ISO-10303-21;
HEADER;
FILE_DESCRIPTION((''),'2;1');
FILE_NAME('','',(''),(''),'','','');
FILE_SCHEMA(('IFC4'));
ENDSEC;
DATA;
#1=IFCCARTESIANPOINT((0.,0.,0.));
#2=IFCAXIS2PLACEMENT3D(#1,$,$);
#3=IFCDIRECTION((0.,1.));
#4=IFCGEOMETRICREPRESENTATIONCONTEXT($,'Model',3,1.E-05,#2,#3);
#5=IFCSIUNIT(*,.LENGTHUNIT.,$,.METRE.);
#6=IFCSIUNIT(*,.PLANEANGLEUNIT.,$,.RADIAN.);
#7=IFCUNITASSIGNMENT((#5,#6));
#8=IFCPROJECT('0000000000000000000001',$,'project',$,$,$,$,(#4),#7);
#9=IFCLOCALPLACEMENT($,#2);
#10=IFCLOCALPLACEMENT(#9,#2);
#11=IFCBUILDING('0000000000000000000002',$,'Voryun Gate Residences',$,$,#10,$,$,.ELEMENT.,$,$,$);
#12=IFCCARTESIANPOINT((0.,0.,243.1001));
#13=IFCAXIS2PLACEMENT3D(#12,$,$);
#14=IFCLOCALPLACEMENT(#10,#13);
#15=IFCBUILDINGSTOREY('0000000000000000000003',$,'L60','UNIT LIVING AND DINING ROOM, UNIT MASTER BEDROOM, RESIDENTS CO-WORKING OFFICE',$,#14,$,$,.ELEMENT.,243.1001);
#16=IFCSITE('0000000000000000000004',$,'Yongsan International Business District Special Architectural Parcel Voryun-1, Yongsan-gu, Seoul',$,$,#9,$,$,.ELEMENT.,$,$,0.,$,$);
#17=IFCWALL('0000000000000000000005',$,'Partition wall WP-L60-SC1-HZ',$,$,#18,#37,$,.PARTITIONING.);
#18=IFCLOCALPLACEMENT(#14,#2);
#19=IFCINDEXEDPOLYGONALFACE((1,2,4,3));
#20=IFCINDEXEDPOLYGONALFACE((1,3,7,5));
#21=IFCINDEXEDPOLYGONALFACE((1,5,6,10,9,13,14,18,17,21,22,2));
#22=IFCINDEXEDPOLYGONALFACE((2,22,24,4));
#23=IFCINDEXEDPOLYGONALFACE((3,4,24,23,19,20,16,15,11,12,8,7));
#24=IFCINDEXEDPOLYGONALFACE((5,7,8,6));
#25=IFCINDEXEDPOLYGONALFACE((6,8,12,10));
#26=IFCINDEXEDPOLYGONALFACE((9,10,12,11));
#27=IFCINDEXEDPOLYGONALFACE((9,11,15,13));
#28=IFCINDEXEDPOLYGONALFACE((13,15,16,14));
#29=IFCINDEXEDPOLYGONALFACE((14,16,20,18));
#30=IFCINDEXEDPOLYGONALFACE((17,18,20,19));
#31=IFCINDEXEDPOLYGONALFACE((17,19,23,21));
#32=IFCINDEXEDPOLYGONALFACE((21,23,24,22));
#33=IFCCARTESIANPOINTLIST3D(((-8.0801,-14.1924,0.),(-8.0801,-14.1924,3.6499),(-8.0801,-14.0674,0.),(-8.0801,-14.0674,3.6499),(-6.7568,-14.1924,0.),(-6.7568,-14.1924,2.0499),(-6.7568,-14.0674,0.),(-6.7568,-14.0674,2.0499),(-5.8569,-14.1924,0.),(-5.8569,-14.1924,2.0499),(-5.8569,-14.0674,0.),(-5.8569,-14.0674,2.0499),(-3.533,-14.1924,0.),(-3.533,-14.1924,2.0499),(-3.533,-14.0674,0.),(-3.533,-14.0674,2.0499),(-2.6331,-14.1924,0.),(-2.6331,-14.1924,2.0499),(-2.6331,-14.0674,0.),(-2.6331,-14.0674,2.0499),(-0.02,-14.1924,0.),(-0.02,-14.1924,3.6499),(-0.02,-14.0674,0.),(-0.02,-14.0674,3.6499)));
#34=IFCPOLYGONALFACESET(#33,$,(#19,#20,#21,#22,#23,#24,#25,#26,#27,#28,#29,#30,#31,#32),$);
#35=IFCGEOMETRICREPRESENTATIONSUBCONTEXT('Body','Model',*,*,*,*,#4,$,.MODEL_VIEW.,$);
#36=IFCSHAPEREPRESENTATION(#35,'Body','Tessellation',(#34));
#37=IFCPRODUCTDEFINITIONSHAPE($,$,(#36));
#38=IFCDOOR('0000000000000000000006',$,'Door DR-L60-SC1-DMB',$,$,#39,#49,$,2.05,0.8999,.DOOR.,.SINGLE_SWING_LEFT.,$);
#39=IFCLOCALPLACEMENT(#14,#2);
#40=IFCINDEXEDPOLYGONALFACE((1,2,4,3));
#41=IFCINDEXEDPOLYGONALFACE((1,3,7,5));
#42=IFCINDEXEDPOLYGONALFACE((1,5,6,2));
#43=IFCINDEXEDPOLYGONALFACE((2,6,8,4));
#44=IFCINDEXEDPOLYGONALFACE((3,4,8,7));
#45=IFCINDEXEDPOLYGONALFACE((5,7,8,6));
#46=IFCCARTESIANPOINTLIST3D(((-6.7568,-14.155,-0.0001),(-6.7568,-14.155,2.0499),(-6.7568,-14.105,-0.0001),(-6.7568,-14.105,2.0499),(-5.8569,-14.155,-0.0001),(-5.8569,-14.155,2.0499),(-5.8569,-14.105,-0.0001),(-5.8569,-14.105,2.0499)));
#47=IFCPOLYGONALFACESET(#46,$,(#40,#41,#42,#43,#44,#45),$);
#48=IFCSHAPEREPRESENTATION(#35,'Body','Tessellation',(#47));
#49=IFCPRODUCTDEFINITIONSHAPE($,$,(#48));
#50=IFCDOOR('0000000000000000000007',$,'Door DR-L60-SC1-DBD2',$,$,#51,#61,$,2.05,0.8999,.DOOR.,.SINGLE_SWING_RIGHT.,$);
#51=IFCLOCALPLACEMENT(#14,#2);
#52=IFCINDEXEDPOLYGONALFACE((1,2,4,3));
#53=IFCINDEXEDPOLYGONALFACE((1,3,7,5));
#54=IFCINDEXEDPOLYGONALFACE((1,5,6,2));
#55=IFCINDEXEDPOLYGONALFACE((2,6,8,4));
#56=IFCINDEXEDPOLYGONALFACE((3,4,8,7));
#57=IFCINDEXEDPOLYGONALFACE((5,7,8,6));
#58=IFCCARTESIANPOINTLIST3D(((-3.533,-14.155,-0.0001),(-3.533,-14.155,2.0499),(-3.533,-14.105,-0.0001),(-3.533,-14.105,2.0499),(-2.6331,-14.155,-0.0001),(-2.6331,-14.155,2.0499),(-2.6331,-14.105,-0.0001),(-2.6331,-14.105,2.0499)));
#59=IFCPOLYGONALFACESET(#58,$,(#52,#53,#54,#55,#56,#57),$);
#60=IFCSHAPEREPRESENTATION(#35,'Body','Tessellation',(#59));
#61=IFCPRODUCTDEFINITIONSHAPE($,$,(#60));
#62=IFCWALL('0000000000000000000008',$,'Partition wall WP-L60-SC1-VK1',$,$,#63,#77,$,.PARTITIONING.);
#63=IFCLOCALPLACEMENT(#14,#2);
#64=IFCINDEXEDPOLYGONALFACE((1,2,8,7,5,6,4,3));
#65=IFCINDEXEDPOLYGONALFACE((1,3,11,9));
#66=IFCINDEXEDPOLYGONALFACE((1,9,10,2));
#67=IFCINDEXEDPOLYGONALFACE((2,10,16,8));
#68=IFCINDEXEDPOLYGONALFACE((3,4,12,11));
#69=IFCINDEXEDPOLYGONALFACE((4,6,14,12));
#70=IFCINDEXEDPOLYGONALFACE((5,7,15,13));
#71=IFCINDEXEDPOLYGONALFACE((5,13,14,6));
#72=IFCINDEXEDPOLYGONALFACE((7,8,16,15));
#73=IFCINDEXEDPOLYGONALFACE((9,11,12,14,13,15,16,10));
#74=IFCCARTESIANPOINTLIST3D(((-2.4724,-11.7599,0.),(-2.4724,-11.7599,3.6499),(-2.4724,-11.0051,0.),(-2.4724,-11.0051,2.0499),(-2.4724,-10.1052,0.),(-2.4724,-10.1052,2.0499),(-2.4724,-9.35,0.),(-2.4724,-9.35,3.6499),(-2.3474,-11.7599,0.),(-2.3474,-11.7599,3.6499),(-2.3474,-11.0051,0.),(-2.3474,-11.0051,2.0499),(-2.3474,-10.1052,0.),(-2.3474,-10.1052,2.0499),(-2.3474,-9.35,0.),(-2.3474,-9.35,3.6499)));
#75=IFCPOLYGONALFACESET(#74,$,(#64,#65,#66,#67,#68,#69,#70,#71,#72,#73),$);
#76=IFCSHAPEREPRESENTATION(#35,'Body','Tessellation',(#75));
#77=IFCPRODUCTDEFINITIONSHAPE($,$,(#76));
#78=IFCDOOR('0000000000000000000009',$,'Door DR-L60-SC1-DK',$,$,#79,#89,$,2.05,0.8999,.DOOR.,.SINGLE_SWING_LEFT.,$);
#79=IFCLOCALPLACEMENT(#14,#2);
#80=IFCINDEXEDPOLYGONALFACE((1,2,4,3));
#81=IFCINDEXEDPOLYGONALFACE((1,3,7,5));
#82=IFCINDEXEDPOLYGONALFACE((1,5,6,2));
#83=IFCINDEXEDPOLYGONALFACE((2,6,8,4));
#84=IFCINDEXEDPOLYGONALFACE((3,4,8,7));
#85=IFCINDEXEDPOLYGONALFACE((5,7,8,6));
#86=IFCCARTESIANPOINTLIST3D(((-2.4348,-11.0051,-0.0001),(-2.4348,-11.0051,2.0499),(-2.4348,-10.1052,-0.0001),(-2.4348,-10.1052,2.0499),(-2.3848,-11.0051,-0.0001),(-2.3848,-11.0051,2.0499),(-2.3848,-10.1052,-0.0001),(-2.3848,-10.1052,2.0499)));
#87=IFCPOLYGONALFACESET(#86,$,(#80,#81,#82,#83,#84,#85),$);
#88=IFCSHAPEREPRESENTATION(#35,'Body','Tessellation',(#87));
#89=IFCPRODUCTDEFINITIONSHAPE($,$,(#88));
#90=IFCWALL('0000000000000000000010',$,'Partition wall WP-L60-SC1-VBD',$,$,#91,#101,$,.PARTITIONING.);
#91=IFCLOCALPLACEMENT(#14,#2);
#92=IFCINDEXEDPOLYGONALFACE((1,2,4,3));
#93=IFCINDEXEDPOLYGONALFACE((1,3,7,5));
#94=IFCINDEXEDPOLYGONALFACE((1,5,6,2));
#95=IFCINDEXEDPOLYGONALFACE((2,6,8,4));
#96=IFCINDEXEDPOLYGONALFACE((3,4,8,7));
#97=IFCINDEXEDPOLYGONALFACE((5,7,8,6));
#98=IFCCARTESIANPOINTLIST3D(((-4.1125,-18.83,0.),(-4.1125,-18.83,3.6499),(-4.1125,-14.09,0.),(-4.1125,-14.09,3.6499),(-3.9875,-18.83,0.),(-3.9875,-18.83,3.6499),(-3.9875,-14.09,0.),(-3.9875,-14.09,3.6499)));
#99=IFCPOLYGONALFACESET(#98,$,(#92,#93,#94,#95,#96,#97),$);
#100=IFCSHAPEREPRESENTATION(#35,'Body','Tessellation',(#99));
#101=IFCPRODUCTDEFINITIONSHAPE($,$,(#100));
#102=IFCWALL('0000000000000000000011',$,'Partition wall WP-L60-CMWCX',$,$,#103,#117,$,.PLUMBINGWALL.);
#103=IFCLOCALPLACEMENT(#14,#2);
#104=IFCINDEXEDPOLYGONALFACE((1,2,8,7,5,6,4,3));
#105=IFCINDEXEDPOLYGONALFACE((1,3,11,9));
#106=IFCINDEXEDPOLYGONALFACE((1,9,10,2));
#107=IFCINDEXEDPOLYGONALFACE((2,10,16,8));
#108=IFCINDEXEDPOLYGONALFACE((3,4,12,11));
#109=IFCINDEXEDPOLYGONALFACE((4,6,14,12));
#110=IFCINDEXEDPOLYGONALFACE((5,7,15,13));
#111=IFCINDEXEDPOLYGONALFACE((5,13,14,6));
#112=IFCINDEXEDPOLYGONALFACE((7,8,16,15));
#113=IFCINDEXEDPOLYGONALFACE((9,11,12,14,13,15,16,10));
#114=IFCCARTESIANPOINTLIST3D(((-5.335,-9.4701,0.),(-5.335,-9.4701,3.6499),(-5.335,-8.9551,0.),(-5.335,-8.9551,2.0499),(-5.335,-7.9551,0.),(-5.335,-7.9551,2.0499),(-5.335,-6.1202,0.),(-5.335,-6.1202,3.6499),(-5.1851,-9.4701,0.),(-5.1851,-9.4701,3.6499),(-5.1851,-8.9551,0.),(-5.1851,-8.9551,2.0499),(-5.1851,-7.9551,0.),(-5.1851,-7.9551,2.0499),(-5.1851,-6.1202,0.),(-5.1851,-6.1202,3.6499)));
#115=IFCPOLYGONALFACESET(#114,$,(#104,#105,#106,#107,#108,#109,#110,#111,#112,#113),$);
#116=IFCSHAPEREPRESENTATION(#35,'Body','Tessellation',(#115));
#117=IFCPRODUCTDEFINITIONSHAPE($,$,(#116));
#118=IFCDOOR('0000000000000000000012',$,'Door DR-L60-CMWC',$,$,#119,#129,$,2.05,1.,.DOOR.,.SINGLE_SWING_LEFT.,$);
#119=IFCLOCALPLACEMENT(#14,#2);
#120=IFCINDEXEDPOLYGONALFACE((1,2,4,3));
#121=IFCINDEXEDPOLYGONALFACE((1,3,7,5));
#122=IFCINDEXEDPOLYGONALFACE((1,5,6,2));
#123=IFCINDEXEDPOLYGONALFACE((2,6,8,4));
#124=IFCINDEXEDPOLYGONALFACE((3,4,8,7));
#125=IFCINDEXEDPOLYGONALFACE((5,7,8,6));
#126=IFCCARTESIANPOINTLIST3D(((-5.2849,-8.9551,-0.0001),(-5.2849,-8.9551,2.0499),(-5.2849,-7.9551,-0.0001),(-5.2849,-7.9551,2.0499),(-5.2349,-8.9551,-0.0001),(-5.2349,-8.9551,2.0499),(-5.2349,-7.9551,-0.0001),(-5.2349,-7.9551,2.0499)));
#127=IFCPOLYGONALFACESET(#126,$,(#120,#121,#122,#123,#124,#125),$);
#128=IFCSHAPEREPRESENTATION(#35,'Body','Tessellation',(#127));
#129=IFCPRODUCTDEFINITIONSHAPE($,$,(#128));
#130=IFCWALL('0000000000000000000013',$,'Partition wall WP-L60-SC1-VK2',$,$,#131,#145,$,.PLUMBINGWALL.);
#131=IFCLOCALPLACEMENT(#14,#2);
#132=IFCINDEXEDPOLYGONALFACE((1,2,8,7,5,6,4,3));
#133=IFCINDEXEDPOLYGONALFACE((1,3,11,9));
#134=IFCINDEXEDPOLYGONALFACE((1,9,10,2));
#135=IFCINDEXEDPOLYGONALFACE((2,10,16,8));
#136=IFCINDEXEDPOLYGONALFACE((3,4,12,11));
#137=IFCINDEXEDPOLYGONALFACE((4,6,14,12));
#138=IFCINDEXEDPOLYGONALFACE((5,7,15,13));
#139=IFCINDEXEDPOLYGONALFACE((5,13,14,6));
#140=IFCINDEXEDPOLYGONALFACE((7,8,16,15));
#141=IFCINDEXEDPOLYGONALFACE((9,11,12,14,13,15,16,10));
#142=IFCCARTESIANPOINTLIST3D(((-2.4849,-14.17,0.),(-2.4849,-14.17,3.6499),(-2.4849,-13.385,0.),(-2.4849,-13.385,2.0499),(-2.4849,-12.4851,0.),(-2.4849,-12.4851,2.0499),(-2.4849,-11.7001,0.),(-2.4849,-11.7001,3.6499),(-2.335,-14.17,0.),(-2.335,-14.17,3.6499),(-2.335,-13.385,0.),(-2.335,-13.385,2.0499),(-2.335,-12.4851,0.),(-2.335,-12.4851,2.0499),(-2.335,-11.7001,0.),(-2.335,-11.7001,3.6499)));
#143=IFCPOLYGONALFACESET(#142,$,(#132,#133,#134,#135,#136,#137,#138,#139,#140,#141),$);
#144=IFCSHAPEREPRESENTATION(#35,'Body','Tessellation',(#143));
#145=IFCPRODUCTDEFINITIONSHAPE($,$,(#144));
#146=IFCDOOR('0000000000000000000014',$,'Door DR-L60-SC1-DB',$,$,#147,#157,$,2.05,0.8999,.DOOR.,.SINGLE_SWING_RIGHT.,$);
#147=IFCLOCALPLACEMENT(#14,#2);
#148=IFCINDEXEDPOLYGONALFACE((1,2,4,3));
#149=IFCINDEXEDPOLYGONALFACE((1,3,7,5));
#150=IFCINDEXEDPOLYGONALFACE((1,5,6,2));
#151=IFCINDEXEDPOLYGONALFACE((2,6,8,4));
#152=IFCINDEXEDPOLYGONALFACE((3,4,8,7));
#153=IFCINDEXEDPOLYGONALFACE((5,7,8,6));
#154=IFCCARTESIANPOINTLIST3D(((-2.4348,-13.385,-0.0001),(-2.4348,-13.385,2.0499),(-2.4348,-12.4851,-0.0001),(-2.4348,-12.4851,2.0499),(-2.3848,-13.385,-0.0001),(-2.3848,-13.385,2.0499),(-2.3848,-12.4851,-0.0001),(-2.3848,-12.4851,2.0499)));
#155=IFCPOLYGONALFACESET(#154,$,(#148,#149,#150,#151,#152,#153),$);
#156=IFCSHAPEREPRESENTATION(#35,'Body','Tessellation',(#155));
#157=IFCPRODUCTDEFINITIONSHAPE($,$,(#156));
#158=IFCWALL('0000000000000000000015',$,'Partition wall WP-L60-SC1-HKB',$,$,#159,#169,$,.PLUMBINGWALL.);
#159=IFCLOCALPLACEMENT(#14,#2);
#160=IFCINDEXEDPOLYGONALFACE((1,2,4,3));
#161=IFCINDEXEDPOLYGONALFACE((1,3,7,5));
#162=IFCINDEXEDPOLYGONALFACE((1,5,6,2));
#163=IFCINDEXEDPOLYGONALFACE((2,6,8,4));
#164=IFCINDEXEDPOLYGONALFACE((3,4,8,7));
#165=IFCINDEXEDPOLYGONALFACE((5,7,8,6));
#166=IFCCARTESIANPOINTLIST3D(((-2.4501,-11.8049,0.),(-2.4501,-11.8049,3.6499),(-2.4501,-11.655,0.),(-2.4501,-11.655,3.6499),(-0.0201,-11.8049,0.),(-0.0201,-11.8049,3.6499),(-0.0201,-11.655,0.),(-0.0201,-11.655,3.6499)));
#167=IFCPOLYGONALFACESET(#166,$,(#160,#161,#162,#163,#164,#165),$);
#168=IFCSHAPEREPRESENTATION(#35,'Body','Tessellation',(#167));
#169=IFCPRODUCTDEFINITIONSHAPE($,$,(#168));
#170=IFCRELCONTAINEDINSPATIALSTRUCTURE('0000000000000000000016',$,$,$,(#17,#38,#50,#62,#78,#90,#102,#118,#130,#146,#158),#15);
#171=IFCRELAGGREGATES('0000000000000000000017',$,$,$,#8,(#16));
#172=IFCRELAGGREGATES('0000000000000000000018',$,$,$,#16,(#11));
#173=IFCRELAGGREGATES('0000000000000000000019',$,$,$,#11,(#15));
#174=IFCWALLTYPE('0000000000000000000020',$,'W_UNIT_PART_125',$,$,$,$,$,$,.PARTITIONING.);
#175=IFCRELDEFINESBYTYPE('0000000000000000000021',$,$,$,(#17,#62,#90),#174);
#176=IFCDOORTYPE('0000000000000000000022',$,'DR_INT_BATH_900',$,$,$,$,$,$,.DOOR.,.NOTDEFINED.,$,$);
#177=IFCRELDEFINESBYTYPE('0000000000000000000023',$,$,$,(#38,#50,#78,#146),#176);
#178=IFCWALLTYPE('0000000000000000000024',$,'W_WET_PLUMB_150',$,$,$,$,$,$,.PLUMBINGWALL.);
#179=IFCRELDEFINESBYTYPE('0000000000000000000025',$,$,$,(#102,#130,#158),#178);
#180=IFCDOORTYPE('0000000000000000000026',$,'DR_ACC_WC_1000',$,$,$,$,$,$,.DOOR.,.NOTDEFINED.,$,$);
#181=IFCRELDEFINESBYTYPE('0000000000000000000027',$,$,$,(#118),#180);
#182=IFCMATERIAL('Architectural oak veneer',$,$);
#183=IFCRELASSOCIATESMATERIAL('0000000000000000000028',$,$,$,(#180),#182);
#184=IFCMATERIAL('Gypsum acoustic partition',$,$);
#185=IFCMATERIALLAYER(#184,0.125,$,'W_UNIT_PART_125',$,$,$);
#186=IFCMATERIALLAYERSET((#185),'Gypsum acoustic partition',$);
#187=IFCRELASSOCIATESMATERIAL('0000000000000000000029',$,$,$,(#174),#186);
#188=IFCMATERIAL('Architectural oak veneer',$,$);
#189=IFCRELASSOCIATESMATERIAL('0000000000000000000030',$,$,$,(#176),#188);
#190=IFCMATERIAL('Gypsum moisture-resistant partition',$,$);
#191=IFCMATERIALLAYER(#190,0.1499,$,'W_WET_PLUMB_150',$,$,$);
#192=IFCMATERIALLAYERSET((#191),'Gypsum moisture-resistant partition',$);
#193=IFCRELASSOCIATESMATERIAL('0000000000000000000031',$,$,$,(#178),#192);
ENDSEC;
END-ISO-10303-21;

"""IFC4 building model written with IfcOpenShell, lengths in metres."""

from ifc_helpers import new_model, si_unit, direction, frame, frame_2d, origin, place, context, subcontext, project, spatial, rectangle, extrude, material, layer, layer_set, type_object, element, fill, save


model = new_model("IFC4")

# Units and contexts
model_context = context("Model", 3, precision=1e-05, world=origin(), true_north=direction((0.0, 1.0)))
body_context = subcontext(model_context, "Body", "Model", "MODEL_VIEW")
ifc_project = project(units=[si_unit("LENGTHUNIT", "METRE"), si_unit("PLANEANGLEUNIT", "RADIAN")], contexts=[model_context])

# Site, building, storey
site_placement = place(None, origin())
site = spatial("IfcSite", under=ifc_project, at=site_placement, Name="Yongsan International Business District Special Architectural Parcel Voryun-1, Yongsan-gu, Seoul", CompositionType="ELEMENT", RefElevation=0.0)
building_placement = place(site_placement, origin())
building = spatial("IfcBuilding", under=site, at=building_placement, Name="Voryun Gate Residences", CompositionType="ELEMENT")
storey_placement = place(building_placement, frame((0.0, 0.0, 243.1001)))
storey = spatial("IfcBuildingStorey", under=building, at=storey_placement, Name="L60", Description="UNIT LIVING AND DINING ROOM, UNIT MASTER BEDROOM, RESIDENTS CO-WORKING OFFICE", CompositionType="ELEMENT", Elevation=243.1001)

# Shared definitions
ifc_material_1 = material(Name="Architectural oak veneer")
door_type_1 = type_object("IfcDoorType", Name="DR_ACC_WC_1000", OperationType="NOTDEFINED", PredefinedType="DOOR", material=ifc_material_1)

# Shared definitions
ifc_material_2 = material(Name="Gypsum acoustic partition")
ifc_layer_1 = layer(ifc_material_2, 0.125, Name="W_UNIT_PART_125")
ifc_layer_set_1 = layer_set([ifc_layer_1], Name="Gypsum acoustic partition")
wall_type_1 = type_object("IfcWallType", Name="W_UNIT_PART_125", PredefinedType="PARTITIONING", material=ifc_layer_set_1)

# Wall, openings, doors
wall_1_placement = place(storey_placement, frame((-8.0801, -14.1299, 0.0), z_axis=(0.0, 0.0, 1.0), x_axis=(1.0, 0.0, 0.0)))
wall_1 = element("IfcWall", 1, at=wall_1_placement, inside=storey, type_object=wall_type_1, Name="Partition wall WP-L60-SC1-HZ", PredefinedType="PARTITIONING", context=body_context, shape_type="SweptSolid", body=[
    extrude(rectangle(XDim=8.0601, YDim=0.125, at=frame_2d((4.03, 0.0))), origin(), (0.0, 0.0, 1.0), 3.6499),
])
opening_1_placement = place(wall_1_placement, frame((1.3232, 0.0, 0.0)))
opening_1 = element("IfcOpeningElement", 2, at=opening_1_placement, cuts=wall_1, PredefinedType="OPENING", context=body_context, shape_type="SweptSolid", body=[
    extrude(rectangle(XDim=0.8999, YDim=2.05, at=frame_2d((0.45, 1.0249))), frame((0.0, 0.0725, 0.0), z_axis=(0.0, -1.0, 0.0), x_axis=(1.0, 0.0, 0.0)), (0.0, 0.0, 1.0), 0.145),
])
opening_2_placement = place(wall_1_placement, frame((4.5471, 0.0, 0.0)))
opening_2 = element("IfcOpeningElement", 3, at=opening_2_placement, cuts=wall_1, PredefinedType="OPENING", context=body_context, shape_type="SweptSolid", body=[
    extrude(rectangle(XDim=0.8999, YDim=2.05, at=frame_2d((0.45, 1.0249))), frame((0.0, 0.0725, 0.0), z_axis=(0.0, -1.0, 0.0), x_axis=(1.0, 0.0, 0.0)), (0.0, 0.0, 1.0), 0.145),
])
ifc_material_3 = material(Name="Architectural oak veneer")
door_type_2 = type_object("IfcDoorType", Name="DR_INT_BATH_900", OperationType="NOTDEFINED", PredefinedType="DOOR", material=ifc_material_3)
door_1_placement = place(opening_1_placement, origin())
door_1 = element("IfcDoor", 4, at=door_1_placement, inside=storey, type_object=door_type_2, Name="Door DR-L60-SC1-DMB", OperationType="SINGLE_SWING_LEFT", OverallHeight=2.05, OverallWidth=0.8999, PredefinedType="DOOR", context=body_context, shape_type="SweptSolid", body=[
    extrude(rectangle(XDim=0.8999, YDim=2.05, at=frame_2d((0.45, 1.0249))), frame((0.0, 0.0249, 0.0), z_axis=(0.0, -1.0, 0.0), x_axis=(1.0, 0.0, 0.0)), (0.0, 0.0, 1.0), 0.05),
])
fill(opening_1, door_1)
door_2_placement = place(opening_2_placement, origin())
door_2 = element("IfcDoor", 5, at=door_2_placement, inside=storey, type_object=door_type_2, Name="Door DR-L60-SC1-DBD2", OperationType="SINGLE_SWING_RIGHT", OverallHeight=2.05, OverallWidth=0.8999, PredefinedType="DOOR", context=body_context, shape_type="SweptSolid", body=[
    extrude(rectangle(XDim=0.8999, YDim=2.05, at=frame_2d((0.45, 1.0249))), frame((0.0, 0.0249, 0.0), z_axis=(0.0, -1.0, 0.0), x_axis=(1.0, 0.0, 0.0)), (0.0, 0.0, 1.0), 0.05),
])
fill(opening_2, door_2)

# Wall, opening, door
wall_2_placement = place(storey_placement, frame((-2.4099, -11.76, 0.0), z_axis=(0.0, 0.0, 1.0), x_axis=(0.0, 1.0, 0.0)))
wall_2 = element("IfcWall", 6, at=wall_2_placement, inside=storey, type_object=wall_type_1, Name="Partition wall WP-L60-SC1-VK1", PredefinedType="PARTITIONING", context=body_context, shape_type="SweptSolid", body=[
    extrude(rectangle(XDim=2.4099, YDim=0.125, at=frame_2d((1.2051, 0.0))), origin(), (0.0, 0.0, 1.0), 3.6499),
])
opening_3_placement = place(wall_2_placement, frame((0.7549, 0.0, 0.0)))
opening_3 = element("IfcOpeningElement", 7, at=opening_3_placement, cuts=wall_2, PredefinedType="OPENING", context=body_context, shape_type="SweptSolid", body=[
    extrude(rectangle(XDim=0.8999, YDim=2.05, at=frame_2d((0.45, 1.0249))), frame((0.0, 0.0725, 0.0), z_axis=(0.0, -1.0, 0.0), x_axis=(1.0, 0.0, 0.0)), (0.0, 0.0, 1.0), 0.145),
])
door_3_placement = place(opening_3_placement, origin())
door_3 = element("IfcDoor", 8, at=door_3_placement, inside=storey, type_object=door_type_2, Name="Door DR-L60-SC1-DK", OperationType="SINGLE_SWING_LEFT", OverallHeight=2.05, OverallWidth=0.8999, PredefinedType="DOOR", context=body_context, shape_type="SweptSolid", body=[
    extrude(rectangle(XDim=0.8999, YDim=2.05, at=frame_2d((0.45, 1.0249))), frame((0.0, 0.0249, 0.0), z_axis=(0.0, -1.0, 0.0), x_axis=(1.0, 0.0, 0.0)), (0.0, 0.0, 1.0), 0.05),
])
fill(opening_3, door_3)

# Wall
wall_3_placement = place(storey_placement, frame((-4.05, -18.8301, 0.0), z_axis=(0.0, 0.0, 1.0), x_axis=(0.0, 1.0, 0.0)))
element("IfcWall", 9, at=wall_3_placement, inside=storey, type_object=wall_type_1, Name="Partition wall WP-L60-SC1-VBD", PredefinedType="PARTITIONING", context=body_context, shape_type="SweptSolid", body=[
    extrude(rectangle(XDim=4.74, YDim=0.125, at=frame_2d((2.3701, 0.0))), origin(), (0.0, 0.0, 1.0), 3.6499),
])

# Walls, openings, doors
ifc_material_4 = material(Name="Gypsum moisture-resistant partition")
ifc_layer_2 = layer(ifc_material_4, 0.1499, Name="W_WET_PLUMB_150")
ifc_layer_set_2 = layer_set([ifc_layer_2], Name="Gypsum moisture-resistant partition")
wall_type_2 = type_object("IfcWallType", Name="W_WET_PLUMB_150", PredefinedType="PLUMBINGWALL", material=ifc_layer_set_2)
wall_4_placement = place(storey_placement, frame((-5.26, -9.47, 0.0), z_axis=(0.0, 0.0, 1.0), x_axis=(0.0, 1.0, 0.0)))
wall_4 = element("IfcWall", 10, at=wall_4_placement, inside=storey, type_object=wall_type_2, Name="Partition wall WP-L60-CMWCX", PredefinedType="PLUMBINGWALL", context=body_context, shape_type="SweptSolid", body=[
    extrude(rectangle(XDim=3.3499, YDim=0.1499, at=frame_2d((1.6748, 0.0))), origin(), (0.0, 0.0, 1.0), 3.6499),
])
opening_4_placement = place(wall_4_placement, frame((0.5149, 0.0, 0.0)))
opening_4 = element("IfcOpeningElement", 11, at=opening_4_placement, cuts=wall_4, PredefinedType="OPENING", context=body_context, shape_type="SweptSolid", body=[
    extrude(rectangle(XDim=1.0, YDim=2.05, at=frame_2d((0.5, 1.0249))), frame((0.0, 0.085, 0.0), z_axis=(0.0, -1.0, 0.0), x_axis=(1.0, 0.0, 0.0)), (0.0, 0.0, 1.0), 0.1699),
])
door_4_placement = place(opening_4_placement, origin())
door_4 = element("IfcDoor", 12, at=door_4_placement, inside=storey, type_object=door_type_1, Name="Door DR-L60-CMWC", OperationType="SINGLE_SWING_LEFT", OverallHeight=2.05, OverallWidth=1.0, PredefinedType="DOOR", context=body_context, shape_type="SweptSolid", body=[
    extrude(rectangle(XDim=1.0, YDim=2.05, at=frame_2d((0.5, 1.0249))), frame((0.0, 0.0249, 0.0), z_axis=(0.0, -1.0, 0.0), x_axis=(1.0, 0.0, 0.0)), (0.0, 0.0, 1.0), 0.05),
])
fill(opening_4, door_4)
wall_5_placement = place(storey_placement, frame((-2.4099, -14.1699, 0.0), z_axis=(0.0, 0.0, 1.0), x_axis=(0.0, 1.0, 0.0)))
wall_5 = element("IfcWall", 13, at=wall_5_placement, inside=storey, type_object=wall_type_2, Name="Partition wall WP-L60-SC1-VK2", PredefinedType="PLUMBINGWALL", context=body_context, shape_type="SweptSolid", body=[
    extrude(rectangle(XDim=2.47, YDim=0.1499, at=frame_2d((1.2349, 0.0))), origin(), (0.0, 0.0, 1.0), 3.6499),
])
opening_5_placement = place(wall_5_placement, frame((0.7849, 0.0, 0.0)))
opening_5 = element("IfcOpeningElement", 14, at=opening_5_placement, cuts=wall_5, PredefinedType="OPENING", context=body_context, shape_type="SweptSolid", body=[
    extrude(rectangle(XDim=0.8999, YDim=2.05, at=frame_2d((0.45, 1.0249))), frame((0.0, 0.085, 0.0), z_axis=(0.0, -1.0, 0.0), x_axis=(1.0, 0.0, 0.0)), (0.0, 0.0, 1.0), 0.1699),
])
door_5_placement = place(opening_5_placement, origin())
door_5 = element("IfcDoor", 15, at=door_5_placement, inside=storey, type_object=door_type_2, Name="Door DR-L60-SC1-DB", OperationType="SINGLE_SWING_RIGHT", OverallHeight=2.05, OverallWidth=0.8999, PredefinedType="DOOR", context=body_context, shape_type="SweptSolid", body=[
    extrude(rectangle(XDim=0.8999, YDim=2.05, at=frame_2d((0.45, 1.0249))), frame((0.0, 0.0249, 0.0), z_axis=(0.0, -1.0, 0.0), x_axis=(1.0, 0.0, 0.0)), (0.0, 0.0, 1.0), 0.05),
])
fill(opening_5, door_5)

# Wall
wall_6_placement = place(storey_placement, frame((-2.45, -11.73, 0.0), z_axis=(0.0, 0.0, 1.0), x_axis=(1.0, 0.0, 0.0)))
element("IfcWall", 16, at=wall_6_placement, inside=storey, type_object=wall_type_2, Name="Partition wall WP-L60-SC1-HKB", PredefinedType="PLUMBINGWALL", context=body_context, shape_type="SweptSolid", body=[
    extrude(rectangle(XDim=2.4299, YDim=0.1499, at=frame_2d((1.2148, 0.0))), origin(), (0.0, 0.0, 1.0), 3.6499),
])

save(model, "model.ifc")
